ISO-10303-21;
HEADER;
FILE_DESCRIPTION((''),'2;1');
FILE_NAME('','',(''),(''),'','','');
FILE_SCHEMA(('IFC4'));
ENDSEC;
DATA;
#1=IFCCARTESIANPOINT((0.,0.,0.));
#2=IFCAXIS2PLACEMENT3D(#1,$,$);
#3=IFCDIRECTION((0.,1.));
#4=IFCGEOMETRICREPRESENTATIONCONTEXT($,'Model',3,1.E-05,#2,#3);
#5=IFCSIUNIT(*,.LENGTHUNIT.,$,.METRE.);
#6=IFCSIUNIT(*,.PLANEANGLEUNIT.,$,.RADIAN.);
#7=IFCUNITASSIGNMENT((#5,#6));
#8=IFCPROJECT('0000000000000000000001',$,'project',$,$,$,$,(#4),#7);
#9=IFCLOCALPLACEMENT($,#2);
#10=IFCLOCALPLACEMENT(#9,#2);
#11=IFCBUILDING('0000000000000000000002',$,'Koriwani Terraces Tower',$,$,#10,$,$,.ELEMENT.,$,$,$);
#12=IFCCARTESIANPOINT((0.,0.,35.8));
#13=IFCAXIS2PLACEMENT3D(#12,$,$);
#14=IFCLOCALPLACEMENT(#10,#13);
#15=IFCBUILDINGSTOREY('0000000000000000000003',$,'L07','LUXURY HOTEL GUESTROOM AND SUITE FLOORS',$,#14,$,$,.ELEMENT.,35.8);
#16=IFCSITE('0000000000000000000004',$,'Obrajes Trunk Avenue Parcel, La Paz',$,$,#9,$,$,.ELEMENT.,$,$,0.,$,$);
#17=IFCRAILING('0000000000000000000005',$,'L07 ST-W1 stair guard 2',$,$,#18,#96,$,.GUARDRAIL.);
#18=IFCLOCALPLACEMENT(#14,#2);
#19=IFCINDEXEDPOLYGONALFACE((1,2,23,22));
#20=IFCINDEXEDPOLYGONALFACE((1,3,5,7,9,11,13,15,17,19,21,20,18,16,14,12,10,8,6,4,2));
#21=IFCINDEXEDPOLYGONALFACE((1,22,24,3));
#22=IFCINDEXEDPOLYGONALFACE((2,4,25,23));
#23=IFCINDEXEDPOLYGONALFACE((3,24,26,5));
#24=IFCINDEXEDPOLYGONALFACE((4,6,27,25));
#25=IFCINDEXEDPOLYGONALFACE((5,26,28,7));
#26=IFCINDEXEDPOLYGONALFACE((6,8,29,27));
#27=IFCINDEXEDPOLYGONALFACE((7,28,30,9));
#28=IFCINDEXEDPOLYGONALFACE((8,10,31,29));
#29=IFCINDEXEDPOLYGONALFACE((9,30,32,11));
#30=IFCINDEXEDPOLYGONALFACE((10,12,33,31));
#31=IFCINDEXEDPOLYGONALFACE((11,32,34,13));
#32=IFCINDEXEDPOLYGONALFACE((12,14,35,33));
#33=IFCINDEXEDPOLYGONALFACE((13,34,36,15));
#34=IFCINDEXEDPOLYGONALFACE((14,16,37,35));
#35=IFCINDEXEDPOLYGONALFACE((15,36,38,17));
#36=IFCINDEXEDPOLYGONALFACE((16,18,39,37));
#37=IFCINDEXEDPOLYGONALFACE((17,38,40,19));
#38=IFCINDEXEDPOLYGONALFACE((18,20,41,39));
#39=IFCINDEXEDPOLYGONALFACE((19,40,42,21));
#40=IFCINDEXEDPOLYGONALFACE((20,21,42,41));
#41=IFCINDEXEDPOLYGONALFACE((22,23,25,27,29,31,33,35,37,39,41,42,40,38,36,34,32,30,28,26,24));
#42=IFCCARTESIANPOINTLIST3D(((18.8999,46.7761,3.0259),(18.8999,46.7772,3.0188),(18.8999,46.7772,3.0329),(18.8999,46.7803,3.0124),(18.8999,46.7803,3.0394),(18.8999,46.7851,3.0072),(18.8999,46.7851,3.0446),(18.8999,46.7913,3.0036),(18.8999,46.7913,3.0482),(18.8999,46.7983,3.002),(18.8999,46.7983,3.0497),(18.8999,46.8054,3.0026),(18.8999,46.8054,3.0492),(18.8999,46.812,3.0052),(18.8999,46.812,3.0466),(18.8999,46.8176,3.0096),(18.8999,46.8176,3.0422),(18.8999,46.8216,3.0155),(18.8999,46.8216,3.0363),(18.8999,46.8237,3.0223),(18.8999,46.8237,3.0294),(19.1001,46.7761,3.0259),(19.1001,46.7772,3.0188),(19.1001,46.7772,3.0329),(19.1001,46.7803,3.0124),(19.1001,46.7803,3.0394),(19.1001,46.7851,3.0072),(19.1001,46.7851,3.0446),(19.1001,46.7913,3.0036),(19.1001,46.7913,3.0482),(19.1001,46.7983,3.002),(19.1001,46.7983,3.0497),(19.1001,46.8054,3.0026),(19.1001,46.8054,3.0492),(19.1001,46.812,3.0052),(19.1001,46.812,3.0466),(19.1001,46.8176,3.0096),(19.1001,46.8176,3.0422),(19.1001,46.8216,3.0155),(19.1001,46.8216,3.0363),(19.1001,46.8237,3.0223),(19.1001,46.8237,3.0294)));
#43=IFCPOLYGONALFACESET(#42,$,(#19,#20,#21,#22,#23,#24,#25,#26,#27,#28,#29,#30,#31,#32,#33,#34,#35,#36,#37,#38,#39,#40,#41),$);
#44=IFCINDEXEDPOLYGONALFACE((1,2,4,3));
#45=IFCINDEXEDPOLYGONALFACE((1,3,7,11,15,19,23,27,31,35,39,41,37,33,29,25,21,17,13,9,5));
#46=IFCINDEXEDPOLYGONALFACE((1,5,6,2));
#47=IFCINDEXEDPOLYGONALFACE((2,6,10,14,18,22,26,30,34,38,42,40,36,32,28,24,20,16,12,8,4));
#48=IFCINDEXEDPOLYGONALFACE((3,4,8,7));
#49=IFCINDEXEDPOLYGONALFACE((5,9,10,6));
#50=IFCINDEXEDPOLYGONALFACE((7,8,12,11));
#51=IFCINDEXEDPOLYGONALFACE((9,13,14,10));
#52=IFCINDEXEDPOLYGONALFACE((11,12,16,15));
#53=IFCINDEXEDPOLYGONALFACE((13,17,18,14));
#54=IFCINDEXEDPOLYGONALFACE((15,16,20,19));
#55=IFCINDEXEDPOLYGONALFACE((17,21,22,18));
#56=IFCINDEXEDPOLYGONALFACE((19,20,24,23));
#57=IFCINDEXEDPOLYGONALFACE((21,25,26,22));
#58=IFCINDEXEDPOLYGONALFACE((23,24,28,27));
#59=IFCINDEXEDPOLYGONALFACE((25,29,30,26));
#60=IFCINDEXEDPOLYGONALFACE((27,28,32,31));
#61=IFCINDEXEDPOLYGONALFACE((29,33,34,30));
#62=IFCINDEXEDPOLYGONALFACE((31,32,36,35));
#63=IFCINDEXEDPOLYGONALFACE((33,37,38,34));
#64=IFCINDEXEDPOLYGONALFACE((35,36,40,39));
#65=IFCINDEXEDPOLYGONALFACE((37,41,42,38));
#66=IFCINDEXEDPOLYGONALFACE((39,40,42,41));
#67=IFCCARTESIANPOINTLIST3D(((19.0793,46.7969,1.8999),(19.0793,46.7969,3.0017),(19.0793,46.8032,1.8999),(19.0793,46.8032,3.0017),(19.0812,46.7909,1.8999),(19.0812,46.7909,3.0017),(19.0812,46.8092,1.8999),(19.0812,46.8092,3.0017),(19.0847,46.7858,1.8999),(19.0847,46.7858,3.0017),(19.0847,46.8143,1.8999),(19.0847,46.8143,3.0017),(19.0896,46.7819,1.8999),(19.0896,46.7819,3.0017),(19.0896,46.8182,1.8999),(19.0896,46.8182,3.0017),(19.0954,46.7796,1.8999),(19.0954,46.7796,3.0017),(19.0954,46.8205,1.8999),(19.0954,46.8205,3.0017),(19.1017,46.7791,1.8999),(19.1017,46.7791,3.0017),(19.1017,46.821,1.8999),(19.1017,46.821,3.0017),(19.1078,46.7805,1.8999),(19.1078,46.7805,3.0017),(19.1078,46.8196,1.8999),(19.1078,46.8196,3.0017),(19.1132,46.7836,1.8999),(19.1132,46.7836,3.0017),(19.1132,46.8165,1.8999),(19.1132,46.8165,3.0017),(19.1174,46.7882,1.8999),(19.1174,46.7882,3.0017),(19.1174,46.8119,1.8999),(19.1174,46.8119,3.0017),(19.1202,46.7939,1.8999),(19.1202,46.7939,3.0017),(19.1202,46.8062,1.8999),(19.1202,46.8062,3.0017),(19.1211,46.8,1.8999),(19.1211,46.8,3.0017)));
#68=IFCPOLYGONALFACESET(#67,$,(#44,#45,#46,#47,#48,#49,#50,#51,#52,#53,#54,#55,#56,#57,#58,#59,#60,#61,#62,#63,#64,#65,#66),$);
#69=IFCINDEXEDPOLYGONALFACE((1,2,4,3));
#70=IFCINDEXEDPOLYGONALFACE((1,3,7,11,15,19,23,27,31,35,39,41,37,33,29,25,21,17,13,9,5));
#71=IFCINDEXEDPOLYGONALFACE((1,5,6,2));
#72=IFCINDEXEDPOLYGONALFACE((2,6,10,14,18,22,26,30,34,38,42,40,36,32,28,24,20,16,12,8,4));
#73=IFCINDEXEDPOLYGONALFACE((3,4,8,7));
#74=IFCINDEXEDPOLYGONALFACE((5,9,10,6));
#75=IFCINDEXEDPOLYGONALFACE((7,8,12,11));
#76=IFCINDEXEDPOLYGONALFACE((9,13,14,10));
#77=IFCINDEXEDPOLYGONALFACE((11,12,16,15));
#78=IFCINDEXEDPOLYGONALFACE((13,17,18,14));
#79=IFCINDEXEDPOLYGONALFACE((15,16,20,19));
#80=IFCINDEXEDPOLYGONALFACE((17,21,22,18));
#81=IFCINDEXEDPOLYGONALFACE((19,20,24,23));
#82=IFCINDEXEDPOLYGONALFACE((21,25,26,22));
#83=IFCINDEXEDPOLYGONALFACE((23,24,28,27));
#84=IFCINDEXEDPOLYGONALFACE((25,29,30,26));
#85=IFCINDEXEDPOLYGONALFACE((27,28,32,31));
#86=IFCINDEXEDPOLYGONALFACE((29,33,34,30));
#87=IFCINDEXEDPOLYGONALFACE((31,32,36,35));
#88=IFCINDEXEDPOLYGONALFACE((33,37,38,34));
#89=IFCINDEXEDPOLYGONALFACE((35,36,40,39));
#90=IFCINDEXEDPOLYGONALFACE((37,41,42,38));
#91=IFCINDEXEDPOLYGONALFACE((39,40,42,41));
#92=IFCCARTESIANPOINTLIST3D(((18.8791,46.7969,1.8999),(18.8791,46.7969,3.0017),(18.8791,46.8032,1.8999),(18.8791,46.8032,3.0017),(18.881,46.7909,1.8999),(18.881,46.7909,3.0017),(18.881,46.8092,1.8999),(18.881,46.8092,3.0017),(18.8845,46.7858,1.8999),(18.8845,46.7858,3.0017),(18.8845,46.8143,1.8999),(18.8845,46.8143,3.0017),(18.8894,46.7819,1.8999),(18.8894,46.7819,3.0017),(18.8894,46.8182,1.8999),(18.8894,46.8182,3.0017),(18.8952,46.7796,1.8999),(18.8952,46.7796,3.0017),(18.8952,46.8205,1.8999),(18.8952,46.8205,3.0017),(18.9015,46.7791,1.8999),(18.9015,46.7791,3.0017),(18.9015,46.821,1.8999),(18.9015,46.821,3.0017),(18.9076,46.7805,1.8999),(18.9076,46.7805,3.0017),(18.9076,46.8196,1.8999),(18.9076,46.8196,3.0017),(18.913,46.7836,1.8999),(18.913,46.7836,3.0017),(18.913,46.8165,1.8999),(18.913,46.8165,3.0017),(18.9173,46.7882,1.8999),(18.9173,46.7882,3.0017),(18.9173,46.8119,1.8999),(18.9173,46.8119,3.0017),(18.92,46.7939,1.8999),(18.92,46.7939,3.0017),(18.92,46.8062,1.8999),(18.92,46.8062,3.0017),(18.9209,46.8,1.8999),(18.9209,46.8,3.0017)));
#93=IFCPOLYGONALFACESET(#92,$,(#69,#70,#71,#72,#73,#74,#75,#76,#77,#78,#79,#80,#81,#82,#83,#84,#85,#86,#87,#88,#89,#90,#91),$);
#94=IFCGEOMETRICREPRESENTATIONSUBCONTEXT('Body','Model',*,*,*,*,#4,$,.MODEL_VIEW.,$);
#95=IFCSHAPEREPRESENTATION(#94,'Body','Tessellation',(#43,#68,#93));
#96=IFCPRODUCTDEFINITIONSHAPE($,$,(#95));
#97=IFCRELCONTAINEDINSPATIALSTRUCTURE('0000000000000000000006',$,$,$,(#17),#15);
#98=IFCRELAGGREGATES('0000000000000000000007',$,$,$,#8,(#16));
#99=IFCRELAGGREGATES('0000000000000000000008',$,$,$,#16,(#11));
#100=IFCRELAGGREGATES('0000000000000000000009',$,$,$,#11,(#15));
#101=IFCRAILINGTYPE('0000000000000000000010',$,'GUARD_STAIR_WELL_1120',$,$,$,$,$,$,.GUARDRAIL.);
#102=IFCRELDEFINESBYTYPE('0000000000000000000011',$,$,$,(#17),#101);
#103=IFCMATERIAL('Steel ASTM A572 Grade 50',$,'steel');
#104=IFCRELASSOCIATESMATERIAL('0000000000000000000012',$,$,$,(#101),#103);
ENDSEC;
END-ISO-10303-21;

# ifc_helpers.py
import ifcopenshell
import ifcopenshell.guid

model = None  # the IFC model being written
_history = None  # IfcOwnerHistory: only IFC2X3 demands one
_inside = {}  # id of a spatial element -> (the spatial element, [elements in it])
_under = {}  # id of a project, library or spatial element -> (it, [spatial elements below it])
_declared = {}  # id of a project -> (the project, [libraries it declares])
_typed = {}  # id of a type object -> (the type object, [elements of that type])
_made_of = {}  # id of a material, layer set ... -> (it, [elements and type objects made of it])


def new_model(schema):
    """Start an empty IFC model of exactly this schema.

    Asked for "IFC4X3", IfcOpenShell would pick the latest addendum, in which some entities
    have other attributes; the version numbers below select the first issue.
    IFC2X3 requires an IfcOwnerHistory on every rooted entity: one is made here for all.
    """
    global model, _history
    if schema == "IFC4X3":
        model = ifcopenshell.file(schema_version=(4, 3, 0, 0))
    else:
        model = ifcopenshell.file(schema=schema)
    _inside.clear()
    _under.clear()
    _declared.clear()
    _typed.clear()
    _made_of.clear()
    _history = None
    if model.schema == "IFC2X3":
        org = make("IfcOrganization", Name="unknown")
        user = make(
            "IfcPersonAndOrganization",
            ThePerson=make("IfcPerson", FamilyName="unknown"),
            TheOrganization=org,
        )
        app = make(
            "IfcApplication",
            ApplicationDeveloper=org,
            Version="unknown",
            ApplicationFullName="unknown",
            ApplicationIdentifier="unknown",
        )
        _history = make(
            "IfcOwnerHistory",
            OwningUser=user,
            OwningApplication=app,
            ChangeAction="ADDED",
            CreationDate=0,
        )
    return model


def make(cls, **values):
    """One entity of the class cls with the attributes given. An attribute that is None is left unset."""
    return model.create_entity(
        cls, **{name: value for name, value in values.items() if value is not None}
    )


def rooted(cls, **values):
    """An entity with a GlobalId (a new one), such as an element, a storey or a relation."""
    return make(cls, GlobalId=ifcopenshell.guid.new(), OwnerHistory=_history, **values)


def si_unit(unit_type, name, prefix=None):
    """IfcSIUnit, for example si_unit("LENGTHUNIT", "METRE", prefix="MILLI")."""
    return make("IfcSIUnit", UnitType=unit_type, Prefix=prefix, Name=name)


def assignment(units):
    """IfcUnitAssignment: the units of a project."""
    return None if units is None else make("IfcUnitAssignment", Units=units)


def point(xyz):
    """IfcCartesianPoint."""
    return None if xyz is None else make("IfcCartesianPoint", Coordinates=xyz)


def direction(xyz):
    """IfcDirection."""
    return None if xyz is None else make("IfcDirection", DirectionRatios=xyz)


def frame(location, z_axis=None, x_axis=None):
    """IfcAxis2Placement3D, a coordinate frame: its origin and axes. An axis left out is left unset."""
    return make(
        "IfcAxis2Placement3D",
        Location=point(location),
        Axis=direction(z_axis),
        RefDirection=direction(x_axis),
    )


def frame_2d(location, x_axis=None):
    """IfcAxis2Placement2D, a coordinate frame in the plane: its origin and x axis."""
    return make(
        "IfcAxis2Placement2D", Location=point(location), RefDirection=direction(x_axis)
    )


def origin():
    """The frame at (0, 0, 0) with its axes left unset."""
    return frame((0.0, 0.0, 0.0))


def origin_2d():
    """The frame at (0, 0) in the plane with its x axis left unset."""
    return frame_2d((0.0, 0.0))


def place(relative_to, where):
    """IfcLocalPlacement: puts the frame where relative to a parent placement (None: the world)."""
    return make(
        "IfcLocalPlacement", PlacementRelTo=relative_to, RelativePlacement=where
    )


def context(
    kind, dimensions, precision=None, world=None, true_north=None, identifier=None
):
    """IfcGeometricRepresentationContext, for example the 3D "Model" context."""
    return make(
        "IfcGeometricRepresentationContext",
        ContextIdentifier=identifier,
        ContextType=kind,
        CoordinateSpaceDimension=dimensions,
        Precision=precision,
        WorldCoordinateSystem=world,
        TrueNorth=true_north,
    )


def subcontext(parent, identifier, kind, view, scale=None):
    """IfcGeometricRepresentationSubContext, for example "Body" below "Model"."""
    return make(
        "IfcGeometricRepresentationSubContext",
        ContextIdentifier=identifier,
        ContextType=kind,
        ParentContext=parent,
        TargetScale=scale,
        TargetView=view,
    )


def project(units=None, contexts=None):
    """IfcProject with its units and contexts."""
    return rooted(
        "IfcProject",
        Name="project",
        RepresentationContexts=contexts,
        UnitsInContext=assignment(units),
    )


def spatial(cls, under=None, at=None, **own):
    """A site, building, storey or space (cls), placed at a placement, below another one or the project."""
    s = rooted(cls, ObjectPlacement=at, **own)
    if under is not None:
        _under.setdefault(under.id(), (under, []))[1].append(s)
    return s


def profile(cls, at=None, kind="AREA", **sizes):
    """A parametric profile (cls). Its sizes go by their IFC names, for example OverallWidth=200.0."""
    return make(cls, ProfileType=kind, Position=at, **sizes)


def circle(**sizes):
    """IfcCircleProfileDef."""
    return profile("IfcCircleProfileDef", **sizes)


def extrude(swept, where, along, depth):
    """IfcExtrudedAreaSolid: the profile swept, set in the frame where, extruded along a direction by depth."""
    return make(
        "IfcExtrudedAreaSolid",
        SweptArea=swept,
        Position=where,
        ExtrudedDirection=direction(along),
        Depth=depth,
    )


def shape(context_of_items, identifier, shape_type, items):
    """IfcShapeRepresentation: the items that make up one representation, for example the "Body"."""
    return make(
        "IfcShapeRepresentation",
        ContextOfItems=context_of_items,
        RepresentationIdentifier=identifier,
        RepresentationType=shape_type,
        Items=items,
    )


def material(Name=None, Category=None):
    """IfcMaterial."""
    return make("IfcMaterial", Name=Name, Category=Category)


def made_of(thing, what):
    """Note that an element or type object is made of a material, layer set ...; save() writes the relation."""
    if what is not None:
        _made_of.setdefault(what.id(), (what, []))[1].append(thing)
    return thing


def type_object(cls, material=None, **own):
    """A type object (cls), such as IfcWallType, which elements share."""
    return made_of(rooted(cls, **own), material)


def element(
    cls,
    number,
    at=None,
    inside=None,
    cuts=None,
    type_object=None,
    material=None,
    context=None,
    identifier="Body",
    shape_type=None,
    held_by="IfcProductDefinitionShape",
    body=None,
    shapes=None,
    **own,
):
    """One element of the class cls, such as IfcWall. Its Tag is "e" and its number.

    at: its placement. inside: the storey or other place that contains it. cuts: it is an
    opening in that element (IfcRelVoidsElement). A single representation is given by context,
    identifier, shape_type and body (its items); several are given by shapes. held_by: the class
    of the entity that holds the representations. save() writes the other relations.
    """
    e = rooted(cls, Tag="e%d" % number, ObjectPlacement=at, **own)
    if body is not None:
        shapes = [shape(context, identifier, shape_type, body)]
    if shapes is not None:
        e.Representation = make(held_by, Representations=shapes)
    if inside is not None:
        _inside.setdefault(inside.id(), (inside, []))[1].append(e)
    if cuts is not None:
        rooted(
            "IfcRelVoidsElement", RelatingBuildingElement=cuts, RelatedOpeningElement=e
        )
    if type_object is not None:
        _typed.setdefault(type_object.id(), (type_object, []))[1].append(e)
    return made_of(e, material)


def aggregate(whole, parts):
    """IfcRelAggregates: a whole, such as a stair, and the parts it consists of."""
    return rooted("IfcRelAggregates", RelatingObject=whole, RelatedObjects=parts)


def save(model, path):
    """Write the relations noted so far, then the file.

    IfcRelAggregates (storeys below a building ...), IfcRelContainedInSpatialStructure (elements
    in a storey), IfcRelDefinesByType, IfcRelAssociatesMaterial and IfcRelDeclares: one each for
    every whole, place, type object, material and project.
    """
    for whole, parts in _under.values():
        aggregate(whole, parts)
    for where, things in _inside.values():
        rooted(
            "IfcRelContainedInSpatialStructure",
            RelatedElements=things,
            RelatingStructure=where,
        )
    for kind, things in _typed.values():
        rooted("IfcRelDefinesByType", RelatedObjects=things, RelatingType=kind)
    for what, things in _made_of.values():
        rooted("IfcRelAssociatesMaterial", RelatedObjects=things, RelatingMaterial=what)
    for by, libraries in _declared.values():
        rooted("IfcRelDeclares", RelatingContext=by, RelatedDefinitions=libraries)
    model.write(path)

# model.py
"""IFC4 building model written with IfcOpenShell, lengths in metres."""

from ifc_helpers import new_model, si_unit, direction, frame, origin, origin_2d, place, context, subcontext, project, spatial, circle, extrude, material, type_object, element, save


model = new_model("IFC4")

# Units and contexts
model_context = context("Model", 3, precision=1e-05, world=origin(), true_north=direction((0.0, 1.0)))
body_context = subcontext(model_context, "Body", "Model", "MODEL_VIEW")
ifc_project = project(units=[si_unit("LENGTHUNIT", "METRE"), si_unit("PLANEANGLEUNIT", "RADIAN")], contexts=[model_context])

# Site, building, storey
site_placement = place(None, origin())
site = spatial("IfcSite", under=ifc_project, at=site_placement, Name="Obrajes Trunk Avenue Parcel, La Paz", CompositionType="ELEMENT", RefElevation=0.0)
building_placement = place(site_placement, origin())
building = spatial("IfcBuilding", under=site, at=building_placement, Name="Koriwani Terraces Tower", CompositionType="ELEMENT")
storey_placement = place(building_placement, frame((0.0, 0.0, 35.8)))
storey = spatial("IfcBuildingStorey", under=building, at=storey_placement, Name="L07", Description="LUXURY HOTEL GUESTROOM AND SUITE FLOORS", CompositionType="ELEMENT", Elevation=35.8)

# Shared definitions
ifc_material_1 = material(Name="Steel ASTM A572 Grade 50", Category="steel")

# Railing
railing_type_1 = type_object("IfcRailingType", Name="GUARD_STAIR_WELL_1120", PredefinedType="GUARDRAIL", material=ifc_material_1)
railing_1_placement = place(storey_placement, frame((19.1001, 46.8, 1.8999)))
element("IfcRailing", 1, at=railing_1_placement, inside=storey, type_object=railing_type_1, Name="L07 ST-W1 stair guard 2", PredefinedType="GUARDRAIL", context=body_context, shape_type="SweptSolid", body=[
    extrude(circle(Radius=0.0239, at=origin_2d()), frame((0.0, 0.0, 1.126), z_axis=(-1.0, 0.0, 0.0), x_axis=(0.0, -1.0, 0.0)), (0.0, 0.0, 1.0), 0.2002),
    extrude(circle(Radius=0.021, at=origin_2d()), origin(), (0.0, 0.0, 1.0), 1.1018),
    extrude(circle(Radius=0.021, at=origin_2d()), frame((-0.2002, 0.0, 0.0)), (0.0, 0.0, 1.0), 1.1018),
])

save(model, "model.ifc")
